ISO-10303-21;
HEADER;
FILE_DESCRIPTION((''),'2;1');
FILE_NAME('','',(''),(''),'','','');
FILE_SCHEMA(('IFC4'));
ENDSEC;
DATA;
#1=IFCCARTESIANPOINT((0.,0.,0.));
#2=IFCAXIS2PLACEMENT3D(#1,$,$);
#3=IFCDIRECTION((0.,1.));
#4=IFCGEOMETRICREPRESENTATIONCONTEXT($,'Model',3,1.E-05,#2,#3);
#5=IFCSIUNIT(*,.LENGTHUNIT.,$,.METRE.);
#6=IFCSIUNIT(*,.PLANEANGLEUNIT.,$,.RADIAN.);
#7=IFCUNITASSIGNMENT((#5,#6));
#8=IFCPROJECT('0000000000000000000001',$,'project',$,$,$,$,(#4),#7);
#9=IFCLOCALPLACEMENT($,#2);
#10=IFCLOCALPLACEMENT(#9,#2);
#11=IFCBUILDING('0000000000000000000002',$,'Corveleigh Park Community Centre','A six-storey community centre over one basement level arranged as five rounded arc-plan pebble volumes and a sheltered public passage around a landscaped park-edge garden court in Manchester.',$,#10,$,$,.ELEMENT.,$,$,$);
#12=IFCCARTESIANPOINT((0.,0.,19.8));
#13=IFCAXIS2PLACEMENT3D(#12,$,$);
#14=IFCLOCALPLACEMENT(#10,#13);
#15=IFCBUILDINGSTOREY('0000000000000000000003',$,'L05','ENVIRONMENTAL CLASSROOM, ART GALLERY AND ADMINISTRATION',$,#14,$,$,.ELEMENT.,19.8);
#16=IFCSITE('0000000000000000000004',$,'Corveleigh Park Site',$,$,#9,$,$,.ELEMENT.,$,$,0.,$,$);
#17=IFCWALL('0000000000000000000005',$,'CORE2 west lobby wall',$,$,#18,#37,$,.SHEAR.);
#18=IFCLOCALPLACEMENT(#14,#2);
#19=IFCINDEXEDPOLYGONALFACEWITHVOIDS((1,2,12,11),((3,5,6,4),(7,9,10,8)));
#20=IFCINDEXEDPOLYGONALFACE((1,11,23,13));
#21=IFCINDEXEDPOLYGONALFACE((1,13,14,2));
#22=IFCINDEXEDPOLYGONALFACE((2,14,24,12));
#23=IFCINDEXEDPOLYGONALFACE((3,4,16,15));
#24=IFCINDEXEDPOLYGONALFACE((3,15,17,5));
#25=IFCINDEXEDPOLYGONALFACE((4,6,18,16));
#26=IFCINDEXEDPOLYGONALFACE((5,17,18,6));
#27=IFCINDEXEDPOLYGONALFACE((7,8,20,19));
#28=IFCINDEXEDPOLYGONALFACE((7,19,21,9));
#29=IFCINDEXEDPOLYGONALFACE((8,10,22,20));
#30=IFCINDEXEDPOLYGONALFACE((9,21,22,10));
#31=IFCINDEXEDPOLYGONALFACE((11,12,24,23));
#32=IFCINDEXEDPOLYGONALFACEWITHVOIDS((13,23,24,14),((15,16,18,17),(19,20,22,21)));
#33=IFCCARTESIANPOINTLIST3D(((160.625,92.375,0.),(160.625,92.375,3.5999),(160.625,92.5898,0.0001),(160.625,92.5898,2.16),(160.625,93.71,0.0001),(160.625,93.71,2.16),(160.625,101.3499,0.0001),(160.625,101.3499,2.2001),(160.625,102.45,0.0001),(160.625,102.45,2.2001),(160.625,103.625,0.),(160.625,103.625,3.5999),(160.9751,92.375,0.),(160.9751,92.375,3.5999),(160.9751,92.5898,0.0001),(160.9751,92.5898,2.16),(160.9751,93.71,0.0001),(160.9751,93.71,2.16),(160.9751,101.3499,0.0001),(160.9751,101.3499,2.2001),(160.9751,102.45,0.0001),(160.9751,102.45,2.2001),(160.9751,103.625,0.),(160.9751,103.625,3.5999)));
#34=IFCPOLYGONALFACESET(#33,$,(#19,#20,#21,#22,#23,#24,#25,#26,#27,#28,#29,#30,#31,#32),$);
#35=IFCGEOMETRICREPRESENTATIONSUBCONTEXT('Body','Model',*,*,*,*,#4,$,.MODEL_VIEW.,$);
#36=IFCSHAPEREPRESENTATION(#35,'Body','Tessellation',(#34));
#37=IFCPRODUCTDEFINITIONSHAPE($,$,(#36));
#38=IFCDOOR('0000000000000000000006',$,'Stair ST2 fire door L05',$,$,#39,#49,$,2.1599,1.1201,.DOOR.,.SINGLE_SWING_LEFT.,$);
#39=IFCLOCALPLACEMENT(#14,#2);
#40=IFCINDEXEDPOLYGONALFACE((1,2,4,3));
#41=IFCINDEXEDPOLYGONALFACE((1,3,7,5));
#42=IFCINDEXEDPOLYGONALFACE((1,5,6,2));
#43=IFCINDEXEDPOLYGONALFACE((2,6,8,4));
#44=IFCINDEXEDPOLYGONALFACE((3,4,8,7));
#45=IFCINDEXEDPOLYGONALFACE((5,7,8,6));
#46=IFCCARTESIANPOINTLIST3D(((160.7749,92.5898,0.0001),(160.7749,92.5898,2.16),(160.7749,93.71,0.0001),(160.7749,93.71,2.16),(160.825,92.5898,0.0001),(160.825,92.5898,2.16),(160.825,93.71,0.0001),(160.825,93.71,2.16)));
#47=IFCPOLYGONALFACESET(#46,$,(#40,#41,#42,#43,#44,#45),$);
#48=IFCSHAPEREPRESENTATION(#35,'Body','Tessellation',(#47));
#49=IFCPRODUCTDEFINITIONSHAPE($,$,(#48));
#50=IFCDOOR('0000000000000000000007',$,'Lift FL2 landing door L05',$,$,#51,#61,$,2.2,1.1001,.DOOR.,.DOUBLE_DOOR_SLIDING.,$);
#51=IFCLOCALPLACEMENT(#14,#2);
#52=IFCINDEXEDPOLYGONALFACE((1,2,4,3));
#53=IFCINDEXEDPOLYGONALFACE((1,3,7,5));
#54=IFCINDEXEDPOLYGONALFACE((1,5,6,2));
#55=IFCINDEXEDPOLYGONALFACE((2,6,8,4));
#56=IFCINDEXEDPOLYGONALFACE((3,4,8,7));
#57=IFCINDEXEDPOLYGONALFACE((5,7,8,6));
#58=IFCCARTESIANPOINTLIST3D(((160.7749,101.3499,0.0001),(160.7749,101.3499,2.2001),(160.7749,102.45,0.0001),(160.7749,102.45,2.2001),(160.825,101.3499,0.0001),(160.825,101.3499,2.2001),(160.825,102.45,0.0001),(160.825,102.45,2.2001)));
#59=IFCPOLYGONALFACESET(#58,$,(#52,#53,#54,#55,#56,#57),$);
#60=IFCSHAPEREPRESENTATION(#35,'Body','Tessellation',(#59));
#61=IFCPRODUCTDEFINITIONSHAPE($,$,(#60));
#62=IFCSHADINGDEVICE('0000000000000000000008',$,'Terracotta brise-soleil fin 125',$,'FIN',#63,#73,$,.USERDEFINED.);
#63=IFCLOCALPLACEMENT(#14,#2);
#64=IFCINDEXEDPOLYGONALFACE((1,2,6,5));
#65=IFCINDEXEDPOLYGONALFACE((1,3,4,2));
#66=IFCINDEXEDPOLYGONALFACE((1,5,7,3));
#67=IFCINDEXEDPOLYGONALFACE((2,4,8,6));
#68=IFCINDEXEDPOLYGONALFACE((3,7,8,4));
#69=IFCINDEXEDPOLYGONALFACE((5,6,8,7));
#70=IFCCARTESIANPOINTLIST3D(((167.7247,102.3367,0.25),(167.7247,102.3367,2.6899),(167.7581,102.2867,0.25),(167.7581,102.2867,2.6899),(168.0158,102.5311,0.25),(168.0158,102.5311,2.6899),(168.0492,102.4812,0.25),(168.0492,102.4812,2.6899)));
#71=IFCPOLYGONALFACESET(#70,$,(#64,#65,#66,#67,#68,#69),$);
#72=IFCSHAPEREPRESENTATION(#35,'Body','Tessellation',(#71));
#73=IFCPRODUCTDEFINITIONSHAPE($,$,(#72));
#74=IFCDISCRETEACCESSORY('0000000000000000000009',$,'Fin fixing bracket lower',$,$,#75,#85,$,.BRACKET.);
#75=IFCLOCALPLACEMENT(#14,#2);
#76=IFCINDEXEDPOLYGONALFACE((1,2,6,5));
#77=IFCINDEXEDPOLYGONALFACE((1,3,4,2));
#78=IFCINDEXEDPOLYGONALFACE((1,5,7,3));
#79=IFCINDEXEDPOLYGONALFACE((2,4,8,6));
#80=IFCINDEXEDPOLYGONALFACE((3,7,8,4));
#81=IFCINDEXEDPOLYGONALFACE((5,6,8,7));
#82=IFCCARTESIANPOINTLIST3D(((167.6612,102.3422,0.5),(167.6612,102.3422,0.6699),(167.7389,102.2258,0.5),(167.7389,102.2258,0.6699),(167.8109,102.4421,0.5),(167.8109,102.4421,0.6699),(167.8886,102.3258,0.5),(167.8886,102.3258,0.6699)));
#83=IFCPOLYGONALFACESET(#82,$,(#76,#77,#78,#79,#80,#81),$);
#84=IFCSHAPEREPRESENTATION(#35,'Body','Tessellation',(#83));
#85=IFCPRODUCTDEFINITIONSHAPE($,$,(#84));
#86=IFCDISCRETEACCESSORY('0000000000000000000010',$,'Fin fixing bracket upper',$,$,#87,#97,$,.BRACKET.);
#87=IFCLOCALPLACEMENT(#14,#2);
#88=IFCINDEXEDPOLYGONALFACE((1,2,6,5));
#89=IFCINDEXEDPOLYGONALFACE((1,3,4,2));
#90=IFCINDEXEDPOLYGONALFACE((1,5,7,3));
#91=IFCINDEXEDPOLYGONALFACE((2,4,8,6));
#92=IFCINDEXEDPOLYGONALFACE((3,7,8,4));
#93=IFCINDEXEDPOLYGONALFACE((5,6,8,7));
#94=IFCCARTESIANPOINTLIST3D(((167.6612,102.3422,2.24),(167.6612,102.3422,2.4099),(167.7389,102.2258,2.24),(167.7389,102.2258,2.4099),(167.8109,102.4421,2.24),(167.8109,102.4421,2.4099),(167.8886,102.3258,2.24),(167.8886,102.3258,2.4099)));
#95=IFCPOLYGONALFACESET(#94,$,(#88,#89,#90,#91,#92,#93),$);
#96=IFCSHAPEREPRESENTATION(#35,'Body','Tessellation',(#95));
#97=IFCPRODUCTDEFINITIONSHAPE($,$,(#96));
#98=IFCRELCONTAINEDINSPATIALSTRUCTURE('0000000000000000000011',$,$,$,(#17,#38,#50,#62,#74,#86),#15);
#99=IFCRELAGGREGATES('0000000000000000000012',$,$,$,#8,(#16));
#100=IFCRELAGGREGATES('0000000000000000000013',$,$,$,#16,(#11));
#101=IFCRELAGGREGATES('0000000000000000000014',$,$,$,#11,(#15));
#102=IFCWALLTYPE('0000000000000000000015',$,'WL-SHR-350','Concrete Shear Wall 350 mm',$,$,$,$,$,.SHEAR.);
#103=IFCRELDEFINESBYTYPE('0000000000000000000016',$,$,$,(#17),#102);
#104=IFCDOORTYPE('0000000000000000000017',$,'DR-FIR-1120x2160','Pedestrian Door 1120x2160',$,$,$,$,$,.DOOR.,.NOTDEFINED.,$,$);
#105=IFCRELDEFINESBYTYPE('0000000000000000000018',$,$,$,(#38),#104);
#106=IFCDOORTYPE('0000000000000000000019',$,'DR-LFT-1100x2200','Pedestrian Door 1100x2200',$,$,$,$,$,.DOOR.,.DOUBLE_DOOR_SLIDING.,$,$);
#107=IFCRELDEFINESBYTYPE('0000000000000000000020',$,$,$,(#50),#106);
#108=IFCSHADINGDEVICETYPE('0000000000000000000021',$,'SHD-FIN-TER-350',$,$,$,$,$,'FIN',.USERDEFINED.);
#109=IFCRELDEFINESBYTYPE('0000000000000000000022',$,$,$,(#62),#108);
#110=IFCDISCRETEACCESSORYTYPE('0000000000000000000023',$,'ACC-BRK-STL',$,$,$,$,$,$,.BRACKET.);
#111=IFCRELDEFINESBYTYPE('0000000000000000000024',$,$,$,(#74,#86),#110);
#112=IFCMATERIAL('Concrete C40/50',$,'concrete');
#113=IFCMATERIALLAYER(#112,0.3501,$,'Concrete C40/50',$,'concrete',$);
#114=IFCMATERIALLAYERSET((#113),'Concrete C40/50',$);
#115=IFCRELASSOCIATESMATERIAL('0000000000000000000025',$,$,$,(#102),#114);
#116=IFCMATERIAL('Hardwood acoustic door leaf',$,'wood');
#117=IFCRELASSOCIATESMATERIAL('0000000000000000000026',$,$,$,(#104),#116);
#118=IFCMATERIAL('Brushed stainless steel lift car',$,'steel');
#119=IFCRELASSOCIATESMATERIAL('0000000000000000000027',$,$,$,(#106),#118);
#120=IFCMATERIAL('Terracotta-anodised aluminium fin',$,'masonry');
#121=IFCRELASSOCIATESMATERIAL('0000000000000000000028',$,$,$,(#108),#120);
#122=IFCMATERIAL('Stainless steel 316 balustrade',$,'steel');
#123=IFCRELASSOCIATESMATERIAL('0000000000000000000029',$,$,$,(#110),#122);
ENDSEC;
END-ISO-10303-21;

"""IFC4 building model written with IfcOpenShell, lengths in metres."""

from ifc_helpers import new_model, si_unit, direction, frame, frame_2d, origin, origin_2d, place, context, subcontext, project, spatial, rectangle, extrude, material, layer, layer_set, type_object, element, fill, save


model = new_model("IFC4")

# Units and contexts
model_context = context("Model", 3, precision=1e-05, world=origin(), true_north=direction((0.0, 1.0)))
body_context = subcontext(model_context, "Body", "Model", "MODEL_VIEW")
ifc_project = project(units=[si_unit("LENGTHUNIT", "METRE"), si_unit("PLANEANGLEUNIT", "RADIAN")], contexts=[model_context])

# Site, building, storey
site_placement = place(None, origin())
site = spatial("IfcSite", under=ifc_project, at=site_placement, Name="Corveleigh Park Site", CompositionType="ELEMENT", RefElevation=0.0)
building_placement = place(site_placement, origin())
building = spatial("IfcBuilding", under=site, at=building_placement, Name="Corveleigh Park Community Centre", Description="A six-storey community centre over one basement level arranged as five rounded arc-plan pebble volumes and a sheltered public passage around a landscaped park-edge garden court in Manchester.", CompositionType="ELEMENT")
storey_placement = place(building_placement, frame((0.0, 0.0, 19.8)))
storey = spatial("IfcBuildingStorey", under=building, at=storey_placement, Name="L05", Description="ENVIRONMENTAL CLASSROOM, ART GALLERY AND ADMINISTRATION", CompositionType="ELEMENT", Elevation=19.8)

# Shared definitions
ifc_material_1 = material(Name="Concrete C40/50", Category="concrete")
ifc_layer_1 = layer(ifc_material_1, 0.3501, Name="Concrete C40/50", Category="concrete")
ifc_layer_set_1 = layer_set([ifc_layer_1], Name="Concrete C40/50")
wall_type_1 = type_object("IfcWallType", Name="WL-SHR-350", Description="Concrete Shear Wall 350 mm", PredefinedType="SHEAR", material=ifc_layer_set_1)

# Wall, openings, doors
wall_1_placement = place(storey_placement, frame((160.8, 103.625, 0.0), z_axis=(0.0, 0.0, 1.0), x_axis=(0.0, -1.0, 0.0)))
wall_1 = element("IfcWall", 1, at=wall_1_placement, inside=storey, type_object=wall_type_1, Name="CORE2 west lobby wall", PredefinedType="SHEAR", context=body_context, shape_type="SweptSolid", body=[
    extrude(rectangle(XDim=11.25, YDim=0.3501, at=frame_2d((5.625, 0.0))), origin(), (0.0, 0.0, 1.0), 3.5999),
])
opening_1_placement = place(wall_1_placement, frame((1.175, 0.0, 0.0)))
opening_1 = element("IfcOpeningElement", 2, at=opening_1_placement, cuts=wall_1, PredefinedType="OPENING", context=body_context, shape_type="SweptSolid", body=[
    extrude(rectangle(XDim=1.1001, YDim=2.2, at=frame_2d((0.55, 1.1001))), frame((0.0, 0.1851, 0.0), z_axis=(0.0, -1.0, 0.0), x_axis=(1.0, 0.0, 0.0)), (0.0, 0.0, 1.0), 0.3701),
])
opening_2_placement = place(wall_1_placement, frame((9.915, 0.0, 0.0)))
opening_2 = element("IfcOpeningElement", 3, at=opening_2_placement, cuts=wall_1, PredefinedType="OPENING", context=body_context, shape_type="SweptSolid", body=[
    extrude(rectangle(XDim=1.1201, YDim=2.1599, at=frame_2d((0.5601, 1.0801))), frame((0.0, 0.1851, 0.0), z_axis=(0.0, -1.0, 0.0), x_axis=(1.0, 0.0, 0.0)), (0.0, 0.0, 1.0), 0.3701),
])
ifc_material_2 = material(Name="Hardwood acoustic door leaf", Category="wood")
door_type_1 = type_object("IfcDoorType", Name="DR-FIR-1120x2160", Description="Pedestrian Door 1120x2160", OperationType="NOTDEFINED", PredefinedType="DOOR", material=ifc_material_2)
door_1_placement = place(opening_2_placement, origin())
door_1 = element("IfcDoor", 4, at=door_1_placement, inside=storey, type_object=door_type_1, Name="Stair ST2 fire door L05", OperationType="SINGLE_SWING_LEFT", OverallHeight=2.1599, OverallWidth=1.1201, PredefinedType="DOOR", context=body_context, shape_type="SweptSolid", body=[
    extrude(rectangle(XDim=1.1201, YDim=2.1599, at=frame_2d((0.5601, 1.0801))), frame((0.0, 0.0249, 0.0), z_axis=(0.0, -1.0, 0.0), x_axis=(1.0, 0.0, 0.0)), (0.0, 0.0, 1.0), 0.05),
])
fill(opening_2, door_1)
ifc_material_3 = material(Name="Brushed stainless steel lift car", Category="steel")
door_type_2 = type_object("IfcDoorType", Name="DR-LFT-1100x2200", Description="Pedestrian Door 1100x2200", OperationType="DOUBLE_DOOR_SLIDING", PredefinedType="DOOR", material=ifc_material_3)
door_2_placement = place(opening_1_placement, origin())
door_2 = element("IfcDoor", 5, at=door_2_placement, inside=storey, type_object=door_type_2, Name="Lift FL2 landing door L05", OperationType="DOUBLE_DOOR_SLIDING", OverallHeight=2.2, OverallWidth=1.1001, PredefinedType="DOOR", context=body_context, shape_type="SweptSolid", body=[
    extrude(rectangle(XDim=1.1001, YDim=2.2, at=frame_2d((0.55, 1.1001))), frame((0.0, 0.0249, 0.0), z_axis=(0.0, -1.0, 0.0), x_axis=(1.0, 0.0, 0.0)), (0.0, 0.0, 1.0), 0.05),
])
fill(opening_1, door_2)

# Shading device
ifc_material_4 = material(Name="Terracotta-anodised aluminium fin", Category="masonry")
shading_device_type = type_object("IfcShadingDeviceType", Name="SHD-FIN-TER-350", ElementType="FIN", PredefinedType="USERDEFINED", material=ifc_material_4)
shading_device_placement = place(storey_placement, frame((167.887, 102.4089, 0.25), z_axis=(0.0, 0.0, 1.0), x_axis=(0.831544, 0.555458, 0.0)))
element("IfcShadingDevice", 6, at=shading_device_placement, inside=storey, type_object=shading_device_type, Name="Terracotta brise-soleil fin 125", ObjectType="FIN", PredefinedType="USERDEFINED", context=body_context, shape_type="SweptSolid", body=[
    extrude(rectangle(XDim=0.3501, YDim=0.0601, at=origin_2d()), origin(), (0.0, 0.0, 1.0), 2.4399),
])

# Discrete accessories
ifc_material_5 = material(Name="Stainless steel 316 balustrade", Category="steel")
discrete_accessory_type = type_object("IfcDiscreteAccessoryType", Name="ACC-BRK-STL", PredefinedType="BRACKET", material=ifc_material_5)
for number, where, z_axis, x_axis, name in (
    (7, (167.7749, 102.334, 0.5), (0.0, 0.0, 1.0), (0.831544, 0.555458, 0.0), "Fin fixing bracket lower"),
    (8, (167.7749, 102.334, 2.24), (0.0, 0.0, 1.0), (0.831544, 0.555458, 0.0), "Fin fixing bracket upper"),
):
    element("IfcDiscreteAccessory", number, at=place(storey_placement, frame(where, z_axis=z_axis, x_axis=x_axis)), inside=storey, type_object=discrete_accessory_type, Name=name, PredefinedType="BRACKET", context=body_context, shape_type="SweptSolid", body=[
        extrude(rectangle(XDim=0.1799, YDim=0.1399, at=origin_2d()), origin(), (0.0, 0.0, 1.0), 0.1699),
    ])

save(model, "model.ifc")
